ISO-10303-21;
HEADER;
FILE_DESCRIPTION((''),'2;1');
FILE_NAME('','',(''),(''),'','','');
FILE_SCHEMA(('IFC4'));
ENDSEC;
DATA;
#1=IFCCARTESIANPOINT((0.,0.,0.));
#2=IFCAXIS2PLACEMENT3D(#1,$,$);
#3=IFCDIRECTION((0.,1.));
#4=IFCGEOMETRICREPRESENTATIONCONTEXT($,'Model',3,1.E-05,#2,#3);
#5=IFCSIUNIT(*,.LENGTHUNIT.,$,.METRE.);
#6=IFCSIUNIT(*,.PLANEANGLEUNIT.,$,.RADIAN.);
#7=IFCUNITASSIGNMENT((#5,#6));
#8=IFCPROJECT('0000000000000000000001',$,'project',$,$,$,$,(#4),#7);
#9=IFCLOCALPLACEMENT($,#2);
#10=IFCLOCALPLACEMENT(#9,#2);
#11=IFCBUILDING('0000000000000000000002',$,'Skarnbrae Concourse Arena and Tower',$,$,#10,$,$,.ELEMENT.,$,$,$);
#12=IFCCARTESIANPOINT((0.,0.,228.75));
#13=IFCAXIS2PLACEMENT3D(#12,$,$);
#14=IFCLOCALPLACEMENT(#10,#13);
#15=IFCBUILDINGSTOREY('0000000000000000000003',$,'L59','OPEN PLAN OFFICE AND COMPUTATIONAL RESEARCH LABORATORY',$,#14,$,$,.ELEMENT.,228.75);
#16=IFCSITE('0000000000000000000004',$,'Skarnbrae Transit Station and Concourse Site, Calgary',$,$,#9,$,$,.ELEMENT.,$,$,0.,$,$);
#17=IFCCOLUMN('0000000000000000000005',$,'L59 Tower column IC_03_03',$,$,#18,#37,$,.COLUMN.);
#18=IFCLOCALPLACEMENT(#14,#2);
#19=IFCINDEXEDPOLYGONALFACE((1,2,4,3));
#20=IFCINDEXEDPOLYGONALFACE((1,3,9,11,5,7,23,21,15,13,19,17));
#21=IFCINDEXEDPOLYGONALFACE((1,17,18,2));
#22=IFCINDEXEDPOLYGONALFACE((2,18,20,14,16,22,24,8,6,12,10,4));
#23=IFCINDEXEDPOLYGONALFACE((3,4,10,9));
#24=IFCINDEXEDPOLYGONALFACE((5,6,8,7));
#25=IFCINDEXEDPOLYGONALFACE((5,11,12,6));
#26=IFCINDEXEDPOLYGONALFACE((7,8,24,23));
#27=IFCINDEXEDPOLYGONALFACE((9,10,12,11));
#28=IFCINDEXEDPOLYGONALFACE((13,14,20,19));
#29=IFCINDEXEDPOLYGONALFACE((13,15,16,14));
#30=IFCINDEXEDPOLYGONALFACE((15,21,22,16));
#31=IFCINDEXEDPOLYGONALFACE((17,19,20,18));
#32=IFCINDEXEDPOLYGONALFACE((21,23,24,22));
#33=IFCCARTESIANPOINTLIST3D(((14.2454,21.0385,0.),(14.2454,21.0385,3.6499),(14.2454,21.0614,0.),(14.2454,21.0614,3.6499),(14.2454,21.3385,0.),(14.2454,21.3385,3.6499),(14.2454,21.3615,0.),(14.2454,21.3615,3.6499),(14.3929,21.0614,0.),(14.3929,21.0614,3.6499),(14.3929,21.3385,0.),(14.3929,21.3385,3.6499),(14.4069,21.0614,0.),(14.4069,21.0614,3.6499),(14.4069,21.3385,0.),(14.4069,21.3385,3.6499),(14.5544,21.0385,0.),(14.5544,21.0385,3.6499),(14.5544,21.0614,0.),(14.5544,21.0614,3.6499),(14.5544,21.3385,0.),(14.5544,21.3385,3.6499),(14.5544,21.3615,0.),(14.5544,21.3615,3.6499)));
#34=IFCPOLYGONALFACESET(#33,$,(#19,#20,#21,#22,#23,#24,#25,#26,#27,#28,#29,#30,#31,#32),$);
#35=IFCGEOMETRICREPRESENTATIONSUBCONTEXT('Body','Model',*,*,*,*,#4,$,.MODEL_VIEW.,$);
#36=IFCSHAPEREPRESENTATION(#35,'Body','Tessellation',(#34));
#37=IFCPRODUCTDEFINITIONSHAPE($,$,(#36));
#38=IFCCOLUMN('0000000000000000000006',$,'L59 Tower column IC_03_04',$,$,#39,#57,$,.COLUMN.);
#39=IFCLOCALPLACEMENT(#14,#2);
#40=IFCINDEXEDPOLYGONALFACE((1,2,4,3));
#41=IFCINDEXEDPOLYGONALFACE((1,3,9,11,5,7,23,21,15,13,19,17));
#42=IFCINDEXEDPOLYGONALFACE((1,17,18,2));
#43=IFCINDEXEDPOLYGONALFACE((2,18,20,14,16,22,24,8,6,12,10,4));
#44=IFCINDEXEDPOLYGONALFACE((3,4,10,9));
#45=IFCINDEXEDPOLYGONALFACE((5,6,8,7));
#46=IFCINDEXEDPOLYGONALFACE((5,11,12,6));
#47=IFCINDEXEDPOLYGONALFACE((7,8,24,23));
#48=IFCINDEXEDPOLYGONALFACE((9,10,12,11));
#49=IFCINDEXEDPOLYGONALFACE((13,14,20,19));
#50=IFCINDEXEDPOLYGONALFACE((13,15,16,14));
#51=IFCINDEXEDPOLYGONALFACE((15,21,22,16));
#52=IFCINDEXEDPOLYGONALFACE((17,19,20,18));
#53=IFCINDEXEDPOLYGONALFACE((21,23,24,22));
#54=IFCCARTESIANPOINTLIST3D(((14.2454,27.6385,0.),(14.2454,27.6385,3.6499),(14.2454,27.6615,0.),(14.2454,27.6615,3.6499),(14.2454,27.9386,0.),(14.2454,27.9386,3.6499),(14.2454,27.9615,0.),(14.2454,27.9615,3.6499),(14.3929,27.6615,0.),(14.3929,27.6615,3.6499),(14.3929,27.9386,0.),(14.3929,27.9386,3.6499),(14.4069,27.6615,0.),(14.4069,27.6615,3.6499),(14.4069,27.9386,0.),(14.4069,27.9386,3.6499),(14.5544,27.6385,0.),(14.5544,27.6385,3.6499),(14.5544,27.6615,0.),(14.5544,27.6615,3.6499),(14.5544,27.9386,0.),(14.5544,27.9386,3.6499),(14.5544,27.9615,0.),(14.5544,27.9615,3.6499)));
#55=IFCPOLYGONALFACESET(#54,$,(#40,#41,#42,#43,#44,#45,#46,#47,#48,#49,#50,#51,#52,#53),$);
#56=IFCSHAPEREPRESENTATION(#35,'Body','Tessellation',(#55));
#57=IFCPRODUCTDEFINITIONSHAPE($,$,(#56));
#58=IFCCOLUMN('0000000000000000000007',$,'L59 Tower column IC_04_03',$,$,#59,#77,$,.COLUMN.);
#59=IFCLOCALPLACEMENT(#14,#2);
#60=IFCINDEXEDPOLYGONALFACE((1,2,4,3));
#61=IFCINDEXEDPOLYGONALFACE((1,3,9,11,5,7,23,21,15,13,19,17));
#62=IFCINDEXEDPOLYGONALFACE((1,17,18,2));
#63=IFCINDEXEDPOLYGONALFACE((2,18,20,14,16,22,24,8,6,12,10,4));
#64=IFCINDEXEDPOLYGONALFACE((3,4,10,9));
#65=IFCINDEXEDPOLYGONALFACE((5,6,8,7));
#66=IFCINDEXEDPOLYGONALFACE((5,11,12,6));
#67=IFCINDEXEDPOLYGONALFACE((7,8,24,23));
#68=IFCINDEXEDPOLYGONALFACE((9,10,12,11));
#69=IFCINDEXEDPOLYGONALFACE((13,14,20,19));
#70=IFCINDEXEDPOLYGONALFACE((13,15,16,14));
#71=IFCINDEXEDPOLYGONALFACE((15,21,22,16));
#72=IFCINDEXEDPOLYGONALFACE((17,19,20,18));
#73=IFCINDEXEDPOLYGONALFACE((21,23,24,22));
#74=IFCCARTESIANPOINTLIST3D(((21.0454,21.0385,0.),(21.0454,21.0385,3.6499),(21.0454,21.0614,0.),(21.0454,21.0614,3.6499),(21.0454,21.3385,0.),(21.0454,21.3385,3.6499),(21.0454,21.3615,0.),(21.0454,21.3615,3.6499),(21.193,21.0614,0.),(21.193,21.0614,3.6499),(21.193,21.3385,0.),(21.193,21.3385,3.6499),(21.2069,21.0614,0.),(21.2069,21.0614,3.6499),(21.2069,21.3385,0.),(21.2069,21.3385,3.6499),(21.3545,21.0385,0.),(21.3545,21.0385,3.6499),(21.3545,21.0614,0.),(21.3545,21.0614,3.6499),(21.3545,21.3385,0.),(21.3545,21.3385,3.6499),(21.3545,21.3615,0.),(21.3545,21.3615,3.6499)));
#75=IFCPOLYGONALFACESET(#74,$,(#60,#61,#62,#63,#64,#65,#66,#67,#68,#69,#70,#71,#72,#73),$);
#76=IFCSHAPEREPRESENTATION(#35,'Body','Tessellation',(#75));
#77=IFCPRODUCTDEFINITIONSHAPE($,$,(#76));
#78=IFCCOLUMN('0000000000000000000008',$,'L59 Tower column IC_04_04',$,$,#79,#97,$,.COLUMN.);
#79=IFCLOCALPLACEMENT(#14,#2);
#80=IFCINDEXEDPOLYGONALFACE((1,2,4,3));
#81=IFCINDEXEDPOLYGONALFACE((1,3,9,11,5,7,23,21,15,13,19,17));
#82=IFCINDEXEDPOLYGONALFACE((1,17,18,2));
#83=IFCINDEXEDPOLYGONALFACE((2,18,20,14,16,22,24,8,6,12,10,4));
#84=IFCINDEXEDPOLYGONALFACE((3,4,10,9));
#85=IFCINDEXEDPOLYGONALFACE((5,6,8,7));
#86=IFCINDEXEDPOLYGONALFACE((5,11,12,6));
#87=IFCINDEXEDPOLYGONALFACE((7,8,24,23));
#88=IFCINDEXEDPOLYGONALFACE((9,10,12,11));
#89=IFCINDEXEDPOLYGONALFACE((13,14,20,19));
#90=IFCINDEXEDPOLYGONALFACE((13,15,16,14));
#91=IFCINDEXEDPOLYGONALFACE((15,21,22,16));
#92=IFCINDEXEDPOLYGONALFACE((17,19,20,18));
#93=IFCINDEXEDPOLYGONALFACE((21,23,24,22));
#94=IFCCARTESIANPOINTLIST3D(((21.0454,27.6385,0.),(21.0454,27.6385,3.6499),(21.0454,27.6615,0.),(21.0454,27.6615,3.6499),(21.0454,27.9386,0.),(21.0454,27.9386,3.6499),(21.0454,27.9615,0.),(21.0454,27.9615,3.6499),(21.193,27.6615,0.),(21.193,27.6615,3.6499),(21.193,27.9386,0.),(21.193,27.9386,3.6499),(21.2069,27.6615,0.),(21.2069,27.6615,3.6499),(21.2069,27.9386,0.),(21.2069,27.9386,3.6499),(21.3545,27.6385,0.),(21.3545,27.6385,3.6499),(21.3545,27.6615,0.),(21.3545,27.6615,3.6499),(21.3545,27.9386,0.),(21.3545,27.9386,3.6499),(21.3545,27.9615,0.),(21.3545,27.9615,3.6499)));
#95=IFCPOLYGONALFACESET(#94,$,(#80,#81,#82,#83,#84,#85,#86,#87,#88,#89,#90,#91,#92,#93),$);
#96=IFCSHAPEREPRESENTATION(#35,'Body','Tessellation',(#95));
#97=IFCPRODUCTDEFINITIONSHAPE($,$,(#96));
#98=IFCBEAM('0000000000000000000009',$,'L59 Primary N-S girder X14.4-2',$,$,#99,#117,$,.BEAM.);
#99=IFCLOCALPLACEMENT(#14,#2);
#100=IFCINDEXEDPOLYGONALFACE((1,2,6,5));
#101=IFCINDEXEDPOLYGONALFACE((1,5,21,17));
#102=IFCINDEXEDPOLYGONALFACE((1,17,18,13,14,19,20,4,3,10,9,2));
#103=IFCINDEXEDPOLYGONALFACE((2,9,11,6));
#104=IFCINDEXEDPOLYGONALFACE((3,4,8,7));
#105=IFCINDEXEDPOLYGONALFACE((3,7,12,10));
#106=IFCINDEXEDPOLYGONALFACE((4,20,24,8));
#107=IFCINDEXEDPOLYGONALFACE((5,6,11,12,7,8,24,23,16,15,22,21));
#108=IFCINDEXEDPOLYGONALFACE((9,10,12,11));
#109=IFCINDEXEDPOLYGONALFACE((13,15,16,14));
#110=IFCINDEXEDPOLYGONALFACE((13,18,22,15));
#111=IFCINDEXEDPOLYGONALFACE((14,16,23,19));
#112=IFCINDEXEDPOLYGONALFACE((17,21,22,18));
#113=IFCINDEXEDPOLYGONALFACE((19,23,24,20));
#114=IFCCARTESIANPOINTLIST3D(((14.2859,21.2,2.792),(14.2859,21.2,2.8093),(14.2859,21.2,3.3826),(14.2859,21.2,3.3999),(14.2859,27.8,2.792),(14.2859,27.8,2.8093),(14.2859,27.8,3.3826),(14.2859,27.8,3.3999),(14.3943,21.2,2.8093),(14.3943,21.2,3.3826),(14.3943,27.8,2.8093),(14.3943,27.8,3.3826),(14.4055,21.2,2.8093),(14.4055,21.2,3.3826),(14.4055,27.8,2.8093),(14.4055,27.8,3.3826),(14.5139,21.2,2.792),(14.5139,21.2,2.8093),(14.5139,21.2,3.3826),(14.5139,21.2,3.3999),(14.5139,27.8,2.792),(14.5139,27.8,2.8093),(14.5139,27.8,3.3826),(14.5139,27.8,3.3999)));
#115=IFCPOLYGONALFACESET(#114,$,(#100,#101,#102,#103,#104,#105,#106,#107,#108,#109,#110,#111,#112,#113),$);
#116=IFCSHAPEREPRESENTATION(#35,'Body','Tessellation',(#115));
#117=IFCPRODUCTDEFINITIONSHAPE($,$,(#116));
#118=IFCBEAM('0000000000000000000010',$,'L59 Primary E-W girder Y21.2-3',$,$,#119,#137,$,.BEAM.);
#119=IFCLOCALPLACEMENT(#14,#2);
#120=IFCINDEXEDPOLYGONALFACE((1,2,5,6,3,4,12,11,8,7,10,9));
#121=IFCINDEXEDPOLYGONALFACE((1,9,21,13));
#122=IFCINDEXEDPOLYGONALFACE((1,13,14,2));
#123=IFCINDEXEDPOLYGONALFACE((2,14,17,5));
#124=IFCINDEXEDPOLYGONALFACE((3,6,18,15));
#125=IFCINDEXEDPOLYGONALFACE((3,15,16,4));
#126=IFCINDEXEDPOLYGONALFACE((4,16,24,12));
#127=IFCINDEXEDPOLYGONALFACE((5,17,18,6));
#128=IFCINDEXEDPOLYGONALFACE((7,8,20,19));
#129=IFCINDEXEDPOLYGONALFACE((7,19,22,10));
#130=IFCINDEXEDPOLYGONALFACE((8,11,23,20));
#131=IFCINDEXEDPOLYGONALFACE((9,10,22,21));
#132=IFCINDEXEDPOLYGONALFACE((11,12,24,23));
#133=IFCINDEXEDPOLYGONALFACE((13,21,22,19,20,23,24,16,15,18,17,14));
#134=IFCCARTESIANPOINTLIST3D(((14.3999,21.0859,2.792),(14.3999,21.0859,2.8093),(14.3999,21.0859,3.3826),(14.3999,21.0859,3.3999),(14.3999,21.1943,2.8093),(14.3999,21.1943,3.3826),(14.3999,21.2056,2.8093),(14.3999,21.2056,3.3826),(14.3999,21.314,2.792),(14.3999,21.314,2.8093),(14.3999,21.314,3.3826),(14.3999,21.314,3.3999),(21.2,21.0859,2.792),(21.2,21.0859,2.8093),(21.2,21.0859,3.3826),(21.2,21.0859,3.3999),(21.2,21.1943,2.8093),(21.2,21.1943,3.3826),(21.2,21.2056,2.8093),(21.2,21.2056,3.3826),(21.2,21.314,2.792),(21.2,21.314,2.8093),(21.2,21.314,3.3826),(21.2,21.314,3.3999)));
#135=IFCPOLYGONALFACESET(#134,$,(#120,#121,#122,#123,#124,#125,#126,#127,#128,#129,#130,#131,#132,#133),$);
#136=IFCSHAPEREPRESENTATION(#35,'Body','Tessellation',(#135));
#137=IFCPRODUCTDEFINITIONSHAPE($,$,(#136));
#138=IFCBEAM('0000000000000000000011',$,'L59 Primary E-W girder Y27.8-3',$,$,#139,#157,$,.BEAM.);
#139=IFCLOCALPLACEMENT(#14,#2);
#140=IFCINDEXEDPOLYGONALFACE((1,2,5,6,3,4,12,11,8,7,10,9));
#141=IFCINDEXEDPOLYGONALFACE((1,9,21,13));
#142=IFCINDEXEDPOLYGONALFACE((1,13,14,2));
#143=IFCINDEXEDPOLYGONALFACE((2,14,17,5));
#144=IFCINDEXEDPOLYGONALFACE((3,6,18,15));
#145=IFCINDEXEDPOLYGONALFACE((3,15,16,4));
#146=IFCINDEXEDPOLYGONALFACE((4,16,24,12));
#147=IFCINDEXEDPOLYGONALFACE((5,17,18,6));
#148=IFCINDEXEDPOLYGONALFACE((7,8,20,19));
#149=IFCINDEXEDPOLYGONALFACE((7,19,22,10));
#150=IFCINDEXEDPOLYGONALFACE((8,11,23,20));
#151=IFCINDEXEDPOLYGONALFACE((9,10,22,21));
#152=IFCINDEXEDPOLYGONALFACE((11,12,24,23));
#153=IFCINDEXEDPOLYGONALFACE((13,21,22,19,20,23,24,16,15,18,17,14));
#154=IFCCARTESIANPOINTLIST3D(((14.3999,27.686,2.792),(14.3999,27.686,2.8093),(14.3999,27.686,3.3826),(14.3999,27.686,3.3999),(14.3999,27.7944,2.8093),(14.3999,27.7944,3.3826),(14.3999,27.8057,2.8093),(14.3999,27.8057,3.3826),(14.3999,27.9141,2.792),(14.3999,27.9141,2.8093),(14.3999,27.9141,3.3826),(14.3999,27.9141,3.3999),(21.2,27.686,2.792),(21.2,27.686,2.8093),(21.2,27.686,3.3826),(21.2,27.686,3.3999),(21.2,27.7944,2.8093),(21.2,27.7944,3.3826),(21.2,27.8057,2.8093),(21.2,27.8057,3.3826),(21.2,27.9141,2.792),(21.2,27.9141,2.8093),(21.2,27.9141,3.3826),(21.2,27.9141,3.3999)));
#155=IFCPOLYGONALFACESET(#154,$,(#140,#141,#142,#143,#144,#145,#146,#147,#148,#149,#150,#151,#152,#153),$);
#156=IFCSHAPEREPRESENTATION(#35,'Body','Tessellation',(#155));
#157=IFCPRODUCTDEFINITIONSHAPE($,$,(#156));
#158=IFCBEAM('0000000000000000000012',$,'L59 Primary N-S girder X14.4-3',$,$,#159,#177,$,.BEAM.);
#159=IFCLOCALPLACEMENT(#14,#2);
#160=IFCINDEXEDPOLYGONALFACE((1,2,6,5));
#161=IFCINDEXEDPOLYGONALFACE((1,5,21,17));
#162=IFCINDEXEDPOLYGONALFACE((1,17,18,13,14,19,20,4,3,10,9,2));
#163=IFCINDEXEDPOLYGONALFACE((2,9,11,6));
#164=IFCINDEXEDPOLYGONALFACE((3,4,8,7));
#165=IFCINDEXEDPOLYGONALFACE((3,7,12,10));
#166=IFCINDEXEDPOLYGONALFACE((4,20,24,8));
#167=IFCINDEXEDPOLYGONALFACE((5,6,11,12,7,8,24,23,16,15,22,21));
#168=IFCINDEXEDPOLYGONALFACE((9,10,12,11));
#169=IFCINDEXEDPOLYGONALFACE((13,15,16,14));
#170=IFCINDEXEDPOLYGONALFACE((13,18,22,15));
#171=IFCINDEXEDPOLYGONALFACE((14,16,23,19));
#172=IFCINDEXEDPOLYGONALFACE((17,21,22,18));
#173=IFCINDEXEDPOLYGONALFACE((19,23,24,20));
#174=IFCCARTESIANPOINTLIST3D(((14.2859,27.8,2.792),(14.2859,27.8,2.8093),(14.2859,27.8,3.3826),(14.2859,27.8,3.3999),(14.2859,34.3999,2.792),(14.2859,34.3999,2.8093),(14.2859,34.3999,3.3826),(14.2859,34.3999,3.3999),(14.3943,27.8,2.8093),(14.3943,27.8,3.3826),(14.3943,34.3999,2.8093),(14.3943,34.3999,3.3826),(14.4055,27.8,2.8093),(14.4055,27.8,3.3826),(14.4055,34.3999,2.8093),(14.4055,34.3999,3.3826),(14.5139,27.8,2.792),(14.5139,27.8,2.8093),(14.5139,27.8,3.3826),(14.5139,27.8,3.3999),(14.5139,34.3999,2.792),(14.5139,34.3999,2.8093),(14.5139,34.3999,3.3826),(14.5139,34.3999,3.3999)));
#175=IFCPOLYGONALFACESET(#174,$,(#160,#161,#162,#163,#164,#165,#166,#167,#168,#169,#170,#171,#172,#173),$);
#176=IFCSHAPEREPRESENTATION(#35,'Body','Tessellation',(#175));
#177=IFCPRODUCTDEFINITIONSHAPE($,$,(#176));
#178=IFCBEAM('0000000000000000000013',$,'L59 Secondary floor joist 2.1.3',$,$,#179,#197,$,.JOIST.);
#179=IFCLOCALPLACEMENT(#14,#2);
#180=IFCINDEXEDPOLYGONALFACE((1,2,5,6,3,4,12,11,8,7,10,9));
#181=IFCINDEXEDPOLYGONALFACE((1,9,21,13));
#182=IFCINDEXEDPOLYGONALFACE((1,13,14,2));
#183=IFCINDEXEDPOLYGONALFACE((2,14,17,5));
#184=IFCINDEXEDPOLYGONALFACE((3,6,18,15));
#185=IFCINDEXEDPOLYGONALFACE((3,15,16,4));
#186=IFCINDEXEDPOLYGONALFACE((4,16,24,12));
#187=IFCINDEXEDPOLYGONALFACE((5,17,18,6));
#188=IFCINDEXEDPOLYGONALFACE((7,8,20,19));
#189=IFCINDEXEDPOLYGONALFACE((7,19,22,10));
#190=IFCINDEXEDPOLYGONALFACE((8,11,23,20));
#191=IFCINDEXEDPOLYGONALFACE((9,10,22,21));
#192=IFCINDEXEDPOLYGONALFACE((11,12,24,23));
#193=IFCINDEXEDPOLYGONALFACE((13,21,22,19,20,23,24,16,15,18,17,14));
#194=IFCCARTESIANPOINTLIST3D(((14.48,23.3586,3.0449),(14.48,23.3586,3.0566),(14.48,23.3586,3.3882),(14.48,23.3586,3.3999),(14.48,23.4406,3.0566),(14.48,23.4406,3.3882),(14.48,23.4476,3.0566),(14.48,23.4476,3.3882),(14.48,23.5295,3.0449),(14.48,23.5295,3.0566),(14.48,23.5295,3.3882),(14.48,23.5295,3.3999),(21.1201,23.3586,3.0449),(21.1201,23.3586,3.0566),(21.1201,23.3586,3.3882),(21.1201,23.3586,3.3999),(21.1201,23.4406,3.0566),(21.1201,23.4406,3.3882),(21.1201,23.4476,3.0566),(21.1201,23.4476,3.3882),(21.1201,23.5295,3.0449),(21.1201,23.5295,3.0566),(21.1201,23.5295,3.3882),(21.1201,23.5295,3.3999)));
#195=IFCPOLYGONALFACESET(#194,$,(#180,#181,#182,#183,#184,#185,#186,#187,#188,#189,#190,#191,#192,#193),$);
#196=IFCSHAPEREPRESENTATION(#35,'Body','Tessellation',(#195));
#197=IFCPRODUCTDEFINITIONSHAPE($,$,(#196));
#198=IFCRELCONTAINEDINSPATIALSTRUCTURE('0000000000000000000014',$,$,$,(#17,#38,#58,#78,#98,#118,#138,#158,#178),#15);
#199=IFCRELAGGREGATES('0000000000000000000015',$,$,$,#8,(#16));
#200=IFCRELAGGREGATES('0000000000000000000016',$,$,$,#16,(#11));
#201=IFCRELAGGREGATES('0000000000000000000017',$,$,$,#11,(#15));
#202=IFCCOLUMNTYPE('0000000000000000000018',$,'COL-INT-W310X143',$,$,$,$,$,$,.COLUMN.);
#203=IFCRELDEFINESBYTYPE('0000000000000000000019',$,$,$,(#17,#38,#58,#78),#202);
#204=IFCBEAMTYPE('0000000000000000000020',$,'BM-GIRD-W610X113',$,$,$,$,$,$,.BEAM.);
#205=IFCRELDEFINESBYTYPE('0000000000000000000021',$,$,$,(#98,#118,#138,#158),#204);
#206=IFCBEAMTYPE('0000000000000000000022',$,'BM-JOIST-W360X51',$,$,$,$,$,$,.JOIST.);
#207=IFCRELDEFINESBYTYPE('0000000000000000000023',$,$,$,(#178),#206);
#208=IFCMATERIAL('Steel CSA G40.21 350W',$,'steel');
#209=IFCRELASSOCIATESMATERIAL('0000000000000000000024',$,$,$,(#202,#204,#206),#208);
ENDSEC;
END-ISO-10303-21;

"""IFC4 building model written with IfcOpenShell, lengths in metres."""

from ifc_helpers import new_model, si_unit, direction, frame, origin, origin_2d, place, context, subcontext, project, spatial, i_section, extrude, source, transform, mapped, material, material_profile, profile_set, type_object, element, save


model = new_model("IFC4")

# Units and contexts
model_context = context("Model", 3, precision=1e-05, world=origin(), true_north=direction((0.0, 1.0)))
body_context = subcontext(model_context, "Body", "Model", "MODEL_VIEW")
ifc_project = project(units=[si_unit("LENGTHUNIT", "METRE"), si_unit("PLANEANGLEUNIT", "RADIAN")], contexts=[model_context])

# Site, building, storey
site_placement = place(None, origin())
site = spatial("IfcSite", under=ifc_project, at=site_placement, Name="Skarnbrae Transit Station and Concourse Site, Calgary", CompositionType="ELEMENT", RefElevation=0.0)
building_placement = place(site_placement, origin())
building = spatial("IfcBuilding", under=site, at=building_placement, Name="Skarnbrae Concourse Arena and Tower", CompositionType="ELEMENT")
storey_placement = place(building_placement, frame((0.0, 0.0, 228.75)))
storey = spatial("IfcBuildingStorey", under=building, at=storey_placement, Name="L59", Description="OPEN PLAN OFFICE AND COMPUTATIONAL RESEARCH LABORATORY", CompositionType="ELEMENT", Elevation=228.75)

# Columns
ifc_material_1 = material(Name="Steel CSA G40.21 350W", Category="steel")
ifc_material_profile_1 = material_profile(ifc_material_1, i_section(OverallWidth=0.3091, OverallDepth=0.323, WebThickness=0.0139, FlangeThickness=0.0229, at=origin_2d()), Name="W310X143")
ifc_profile_set_1 = profile_set([ifc_material_profile_1], Name="Steel CSA G40.21 350W")
column_type = type_object("IfcColumnType", Name="COL-INT-W310X143", PredefinedType="COLUMN", material=ifc_profile_set_1)
shared_shape_1 = source(origin(), body_context, "Body", "SweptSolid", [
    extrude(i_section(OverallWidth=0.3091, OverallDepth=0.323, WebThickness=0.0139, FlangeThickness=0.0229, at=origin_2d()), origin(), (0.0, 0.0, 1.0), 3.6499),
])
for number, where, z_axis, x_axis, name in (
    (1, (14.3999, 21.2, 0.0), (0.0, 0.0, 1.0), (1.0, 0.0, 0.0), "L59 Tower column IC_03_03"),
    (2, (14.3999, 27.8, 0.0), (0.0, 0.0, 1.0), (1.0, 0.0, 0.0), "L59 Tower column IC_03_04"),
    (3, (21.2, 21.2, 0.0), (0.0, 0.0, 1.0), (1.0, 0.0, 0.0), "L59 Tower column IC_04_03"),
    (4, (21.2, 27.8, 0.0), (0.0, 0.0, 1.0), (1.0, 0.0, 0.0), "L59 Tower column IC_04_04"),
):
    element("IfcColumn", number, at=place(storey_placement, frame(where, z_axis=z_axis, x_axis=x_axis)), inside=storey, type_object=column_type, Name=name, PredefinedType="COLUMN", context=body_context, shape_type="MappedRepresentation", body=[
        mapped(shared_shape_1, transform((0.0, 0.0, 0.0))),
    ])

# Beams
ifc_material_profile_2 = material_profile(ifc_material_1, i_section(OverallWidth=0.228, OverallDepth=0.6079, WebThickness=0.0112, FlangeThickness=0.0173, at=origin_2d()), Name="W610X113")
ifc_profile_set_2 = profile_set([ifc_material_profile_2], Name="Steel CSA G40.21 350W")
beam_type_1 = type_object("IfcBeamType", Name="BM-GIRD-W610X113", PredefinedType="BEAM", material=ifc_profile_set_2)
shared_shape_2 = source(origin(), body_context, "Body", "SweptSolid", [
    extrude(i_section(OverallWidth=0.228, OverallDepth=0.6079, WebThickness=0.0112, FlangeThickness=0.0173, at=origin_2d()), origin(), (0.0, 0.0, 1.0), 6.6001),
])
beam_1_placement = place(storey_placement, frame((14.3999, 21.2, 3.0959), z_axis=(0.0, 1.0, 0.0), x_axis=(-1.0, 0.0, 0.0)))
element("IfcBeam", 5, at=beam_1_placement, inside=storey, type_object=beam_type_1, Name="L59 Primary N-S girder X14.4-2", PredefinedType="BEAM", context=body_context, shape_type="MappedRepresentation", body=[
    mapped(shared_shape_2, transform((0.0, 0.0, 0.0))),
])
shared_shape_3 = source(origin(), body_context, "Body", "SweptSolid", [
    extrude(i_section(OverallWidth=0.228, OverallDepth=0.6079, WebThickness=0.0112, FlangeThickness=0.0173, at=origin_2d()), origin(), (0.0, 0.0, 1.0), 6.8),
])
for number, where, z_axis, x_axis, name in (
    (6, (14.3999, 21.2, 3.0959), (1.0, 0.0, 0.0), (0.0, 1.0, 0.0), "L59 Primary E-W girder Y21.2-3"),
    (7, (14.3999, 27.8, 3.0959), (1.0, 0.0, 0.0), (0.0, 1.0, 0.0), "L59 Primary E-W girder Y27.8-3"),
):
    element("IfcBeam", number, at=place(storey_placement, frame(where, z_axis=z_axis, x_axis=x_axis)), inside=storey, type_object=beam_type_1, Name=name, PredefinedType="BEAM", context=body_context, shape_type="MappedRepresentation", body=[
        mapped(shared_shape_3, transform((0.0, 0.0, 0.0))),
    ])
shared_shape_4 = source(origin(), body_context, "Body", "SweptSolid", [
    extrude(i_section(OverallWidth=0.228, OverallDepth=0.6079, WebThickness=0.0112, FlangeThickness=0.0173, at=origin_2d()), origin(), (0.0, 0.0, 1.0), 6.5999),
])
beam_2_placement = place(storey_placement, frame((14.3999, 27.8, 3.0959), z_axis=(0.0, 1.0, 0.0), x_axis=(-1.0, 0.0, 0.0)))
element("IfcBeam", 8, at=beam_2_placement, inside=storey, type_object=beam_type_1, Name="L59 Primary N-S girder X14.4-3", PredefinedType="BEAM", context=body_context, shape_type="MappedRepresentation", body=[
    mapped(shared_shape_4, transform((0.0, 0.0, 0.0))),
])
ifc_material_profile_3 = material_profile(ifc_material_1, i_section(OverallWidth=0.1709, OverallDepth=0.355, WebThickness=0.0071, FlangeThickness=0.0117, at=origin_2d()), Name="W360X51")
ifc_profile_set_3 = profile_set([ifc_material_profile_3], Name="Steel CSA G40.21 350W")
beam_type_2 = type_object("IfcBeamType", Name="BM-JOIST-W360X51", PredefinedType="JOIST", material=ifc_profile_set_3)
shared_shape_5 = source(origin(), body_context, "Body", "SweptSolid", [
    extrude(i_section(OverallWidth=0.1709, OverallDepth=0.355, WebThickness=0.0071, FlangeThickness=0.0117, at=origin_2d()), origin(), (0.0, 0.0, 1.0), 6.6401),
])
for number, where, z_axis, x_axis, name in (
    (9, (14.48, 23.4441, 3.2224), (1.0, 0.0, 0.0), (0.0, 1.0, 0.0), "L59 Secondary floor joist 2.1.3"),
):
    element("IfcBeam", number, at=place(storey_placement, frame(where, z_axis=z_axis, x_axis=x_axis)), inside=storey, type_object=beam_type_2, Name=name, PredefinedType="JOIST", context=body_context, shape_type="MappedRepresentation", body=[
        mapped(shared_shape_5, transform((0.0, 0.0, 0.0))),
    ])

save(model, "model.ifc")
